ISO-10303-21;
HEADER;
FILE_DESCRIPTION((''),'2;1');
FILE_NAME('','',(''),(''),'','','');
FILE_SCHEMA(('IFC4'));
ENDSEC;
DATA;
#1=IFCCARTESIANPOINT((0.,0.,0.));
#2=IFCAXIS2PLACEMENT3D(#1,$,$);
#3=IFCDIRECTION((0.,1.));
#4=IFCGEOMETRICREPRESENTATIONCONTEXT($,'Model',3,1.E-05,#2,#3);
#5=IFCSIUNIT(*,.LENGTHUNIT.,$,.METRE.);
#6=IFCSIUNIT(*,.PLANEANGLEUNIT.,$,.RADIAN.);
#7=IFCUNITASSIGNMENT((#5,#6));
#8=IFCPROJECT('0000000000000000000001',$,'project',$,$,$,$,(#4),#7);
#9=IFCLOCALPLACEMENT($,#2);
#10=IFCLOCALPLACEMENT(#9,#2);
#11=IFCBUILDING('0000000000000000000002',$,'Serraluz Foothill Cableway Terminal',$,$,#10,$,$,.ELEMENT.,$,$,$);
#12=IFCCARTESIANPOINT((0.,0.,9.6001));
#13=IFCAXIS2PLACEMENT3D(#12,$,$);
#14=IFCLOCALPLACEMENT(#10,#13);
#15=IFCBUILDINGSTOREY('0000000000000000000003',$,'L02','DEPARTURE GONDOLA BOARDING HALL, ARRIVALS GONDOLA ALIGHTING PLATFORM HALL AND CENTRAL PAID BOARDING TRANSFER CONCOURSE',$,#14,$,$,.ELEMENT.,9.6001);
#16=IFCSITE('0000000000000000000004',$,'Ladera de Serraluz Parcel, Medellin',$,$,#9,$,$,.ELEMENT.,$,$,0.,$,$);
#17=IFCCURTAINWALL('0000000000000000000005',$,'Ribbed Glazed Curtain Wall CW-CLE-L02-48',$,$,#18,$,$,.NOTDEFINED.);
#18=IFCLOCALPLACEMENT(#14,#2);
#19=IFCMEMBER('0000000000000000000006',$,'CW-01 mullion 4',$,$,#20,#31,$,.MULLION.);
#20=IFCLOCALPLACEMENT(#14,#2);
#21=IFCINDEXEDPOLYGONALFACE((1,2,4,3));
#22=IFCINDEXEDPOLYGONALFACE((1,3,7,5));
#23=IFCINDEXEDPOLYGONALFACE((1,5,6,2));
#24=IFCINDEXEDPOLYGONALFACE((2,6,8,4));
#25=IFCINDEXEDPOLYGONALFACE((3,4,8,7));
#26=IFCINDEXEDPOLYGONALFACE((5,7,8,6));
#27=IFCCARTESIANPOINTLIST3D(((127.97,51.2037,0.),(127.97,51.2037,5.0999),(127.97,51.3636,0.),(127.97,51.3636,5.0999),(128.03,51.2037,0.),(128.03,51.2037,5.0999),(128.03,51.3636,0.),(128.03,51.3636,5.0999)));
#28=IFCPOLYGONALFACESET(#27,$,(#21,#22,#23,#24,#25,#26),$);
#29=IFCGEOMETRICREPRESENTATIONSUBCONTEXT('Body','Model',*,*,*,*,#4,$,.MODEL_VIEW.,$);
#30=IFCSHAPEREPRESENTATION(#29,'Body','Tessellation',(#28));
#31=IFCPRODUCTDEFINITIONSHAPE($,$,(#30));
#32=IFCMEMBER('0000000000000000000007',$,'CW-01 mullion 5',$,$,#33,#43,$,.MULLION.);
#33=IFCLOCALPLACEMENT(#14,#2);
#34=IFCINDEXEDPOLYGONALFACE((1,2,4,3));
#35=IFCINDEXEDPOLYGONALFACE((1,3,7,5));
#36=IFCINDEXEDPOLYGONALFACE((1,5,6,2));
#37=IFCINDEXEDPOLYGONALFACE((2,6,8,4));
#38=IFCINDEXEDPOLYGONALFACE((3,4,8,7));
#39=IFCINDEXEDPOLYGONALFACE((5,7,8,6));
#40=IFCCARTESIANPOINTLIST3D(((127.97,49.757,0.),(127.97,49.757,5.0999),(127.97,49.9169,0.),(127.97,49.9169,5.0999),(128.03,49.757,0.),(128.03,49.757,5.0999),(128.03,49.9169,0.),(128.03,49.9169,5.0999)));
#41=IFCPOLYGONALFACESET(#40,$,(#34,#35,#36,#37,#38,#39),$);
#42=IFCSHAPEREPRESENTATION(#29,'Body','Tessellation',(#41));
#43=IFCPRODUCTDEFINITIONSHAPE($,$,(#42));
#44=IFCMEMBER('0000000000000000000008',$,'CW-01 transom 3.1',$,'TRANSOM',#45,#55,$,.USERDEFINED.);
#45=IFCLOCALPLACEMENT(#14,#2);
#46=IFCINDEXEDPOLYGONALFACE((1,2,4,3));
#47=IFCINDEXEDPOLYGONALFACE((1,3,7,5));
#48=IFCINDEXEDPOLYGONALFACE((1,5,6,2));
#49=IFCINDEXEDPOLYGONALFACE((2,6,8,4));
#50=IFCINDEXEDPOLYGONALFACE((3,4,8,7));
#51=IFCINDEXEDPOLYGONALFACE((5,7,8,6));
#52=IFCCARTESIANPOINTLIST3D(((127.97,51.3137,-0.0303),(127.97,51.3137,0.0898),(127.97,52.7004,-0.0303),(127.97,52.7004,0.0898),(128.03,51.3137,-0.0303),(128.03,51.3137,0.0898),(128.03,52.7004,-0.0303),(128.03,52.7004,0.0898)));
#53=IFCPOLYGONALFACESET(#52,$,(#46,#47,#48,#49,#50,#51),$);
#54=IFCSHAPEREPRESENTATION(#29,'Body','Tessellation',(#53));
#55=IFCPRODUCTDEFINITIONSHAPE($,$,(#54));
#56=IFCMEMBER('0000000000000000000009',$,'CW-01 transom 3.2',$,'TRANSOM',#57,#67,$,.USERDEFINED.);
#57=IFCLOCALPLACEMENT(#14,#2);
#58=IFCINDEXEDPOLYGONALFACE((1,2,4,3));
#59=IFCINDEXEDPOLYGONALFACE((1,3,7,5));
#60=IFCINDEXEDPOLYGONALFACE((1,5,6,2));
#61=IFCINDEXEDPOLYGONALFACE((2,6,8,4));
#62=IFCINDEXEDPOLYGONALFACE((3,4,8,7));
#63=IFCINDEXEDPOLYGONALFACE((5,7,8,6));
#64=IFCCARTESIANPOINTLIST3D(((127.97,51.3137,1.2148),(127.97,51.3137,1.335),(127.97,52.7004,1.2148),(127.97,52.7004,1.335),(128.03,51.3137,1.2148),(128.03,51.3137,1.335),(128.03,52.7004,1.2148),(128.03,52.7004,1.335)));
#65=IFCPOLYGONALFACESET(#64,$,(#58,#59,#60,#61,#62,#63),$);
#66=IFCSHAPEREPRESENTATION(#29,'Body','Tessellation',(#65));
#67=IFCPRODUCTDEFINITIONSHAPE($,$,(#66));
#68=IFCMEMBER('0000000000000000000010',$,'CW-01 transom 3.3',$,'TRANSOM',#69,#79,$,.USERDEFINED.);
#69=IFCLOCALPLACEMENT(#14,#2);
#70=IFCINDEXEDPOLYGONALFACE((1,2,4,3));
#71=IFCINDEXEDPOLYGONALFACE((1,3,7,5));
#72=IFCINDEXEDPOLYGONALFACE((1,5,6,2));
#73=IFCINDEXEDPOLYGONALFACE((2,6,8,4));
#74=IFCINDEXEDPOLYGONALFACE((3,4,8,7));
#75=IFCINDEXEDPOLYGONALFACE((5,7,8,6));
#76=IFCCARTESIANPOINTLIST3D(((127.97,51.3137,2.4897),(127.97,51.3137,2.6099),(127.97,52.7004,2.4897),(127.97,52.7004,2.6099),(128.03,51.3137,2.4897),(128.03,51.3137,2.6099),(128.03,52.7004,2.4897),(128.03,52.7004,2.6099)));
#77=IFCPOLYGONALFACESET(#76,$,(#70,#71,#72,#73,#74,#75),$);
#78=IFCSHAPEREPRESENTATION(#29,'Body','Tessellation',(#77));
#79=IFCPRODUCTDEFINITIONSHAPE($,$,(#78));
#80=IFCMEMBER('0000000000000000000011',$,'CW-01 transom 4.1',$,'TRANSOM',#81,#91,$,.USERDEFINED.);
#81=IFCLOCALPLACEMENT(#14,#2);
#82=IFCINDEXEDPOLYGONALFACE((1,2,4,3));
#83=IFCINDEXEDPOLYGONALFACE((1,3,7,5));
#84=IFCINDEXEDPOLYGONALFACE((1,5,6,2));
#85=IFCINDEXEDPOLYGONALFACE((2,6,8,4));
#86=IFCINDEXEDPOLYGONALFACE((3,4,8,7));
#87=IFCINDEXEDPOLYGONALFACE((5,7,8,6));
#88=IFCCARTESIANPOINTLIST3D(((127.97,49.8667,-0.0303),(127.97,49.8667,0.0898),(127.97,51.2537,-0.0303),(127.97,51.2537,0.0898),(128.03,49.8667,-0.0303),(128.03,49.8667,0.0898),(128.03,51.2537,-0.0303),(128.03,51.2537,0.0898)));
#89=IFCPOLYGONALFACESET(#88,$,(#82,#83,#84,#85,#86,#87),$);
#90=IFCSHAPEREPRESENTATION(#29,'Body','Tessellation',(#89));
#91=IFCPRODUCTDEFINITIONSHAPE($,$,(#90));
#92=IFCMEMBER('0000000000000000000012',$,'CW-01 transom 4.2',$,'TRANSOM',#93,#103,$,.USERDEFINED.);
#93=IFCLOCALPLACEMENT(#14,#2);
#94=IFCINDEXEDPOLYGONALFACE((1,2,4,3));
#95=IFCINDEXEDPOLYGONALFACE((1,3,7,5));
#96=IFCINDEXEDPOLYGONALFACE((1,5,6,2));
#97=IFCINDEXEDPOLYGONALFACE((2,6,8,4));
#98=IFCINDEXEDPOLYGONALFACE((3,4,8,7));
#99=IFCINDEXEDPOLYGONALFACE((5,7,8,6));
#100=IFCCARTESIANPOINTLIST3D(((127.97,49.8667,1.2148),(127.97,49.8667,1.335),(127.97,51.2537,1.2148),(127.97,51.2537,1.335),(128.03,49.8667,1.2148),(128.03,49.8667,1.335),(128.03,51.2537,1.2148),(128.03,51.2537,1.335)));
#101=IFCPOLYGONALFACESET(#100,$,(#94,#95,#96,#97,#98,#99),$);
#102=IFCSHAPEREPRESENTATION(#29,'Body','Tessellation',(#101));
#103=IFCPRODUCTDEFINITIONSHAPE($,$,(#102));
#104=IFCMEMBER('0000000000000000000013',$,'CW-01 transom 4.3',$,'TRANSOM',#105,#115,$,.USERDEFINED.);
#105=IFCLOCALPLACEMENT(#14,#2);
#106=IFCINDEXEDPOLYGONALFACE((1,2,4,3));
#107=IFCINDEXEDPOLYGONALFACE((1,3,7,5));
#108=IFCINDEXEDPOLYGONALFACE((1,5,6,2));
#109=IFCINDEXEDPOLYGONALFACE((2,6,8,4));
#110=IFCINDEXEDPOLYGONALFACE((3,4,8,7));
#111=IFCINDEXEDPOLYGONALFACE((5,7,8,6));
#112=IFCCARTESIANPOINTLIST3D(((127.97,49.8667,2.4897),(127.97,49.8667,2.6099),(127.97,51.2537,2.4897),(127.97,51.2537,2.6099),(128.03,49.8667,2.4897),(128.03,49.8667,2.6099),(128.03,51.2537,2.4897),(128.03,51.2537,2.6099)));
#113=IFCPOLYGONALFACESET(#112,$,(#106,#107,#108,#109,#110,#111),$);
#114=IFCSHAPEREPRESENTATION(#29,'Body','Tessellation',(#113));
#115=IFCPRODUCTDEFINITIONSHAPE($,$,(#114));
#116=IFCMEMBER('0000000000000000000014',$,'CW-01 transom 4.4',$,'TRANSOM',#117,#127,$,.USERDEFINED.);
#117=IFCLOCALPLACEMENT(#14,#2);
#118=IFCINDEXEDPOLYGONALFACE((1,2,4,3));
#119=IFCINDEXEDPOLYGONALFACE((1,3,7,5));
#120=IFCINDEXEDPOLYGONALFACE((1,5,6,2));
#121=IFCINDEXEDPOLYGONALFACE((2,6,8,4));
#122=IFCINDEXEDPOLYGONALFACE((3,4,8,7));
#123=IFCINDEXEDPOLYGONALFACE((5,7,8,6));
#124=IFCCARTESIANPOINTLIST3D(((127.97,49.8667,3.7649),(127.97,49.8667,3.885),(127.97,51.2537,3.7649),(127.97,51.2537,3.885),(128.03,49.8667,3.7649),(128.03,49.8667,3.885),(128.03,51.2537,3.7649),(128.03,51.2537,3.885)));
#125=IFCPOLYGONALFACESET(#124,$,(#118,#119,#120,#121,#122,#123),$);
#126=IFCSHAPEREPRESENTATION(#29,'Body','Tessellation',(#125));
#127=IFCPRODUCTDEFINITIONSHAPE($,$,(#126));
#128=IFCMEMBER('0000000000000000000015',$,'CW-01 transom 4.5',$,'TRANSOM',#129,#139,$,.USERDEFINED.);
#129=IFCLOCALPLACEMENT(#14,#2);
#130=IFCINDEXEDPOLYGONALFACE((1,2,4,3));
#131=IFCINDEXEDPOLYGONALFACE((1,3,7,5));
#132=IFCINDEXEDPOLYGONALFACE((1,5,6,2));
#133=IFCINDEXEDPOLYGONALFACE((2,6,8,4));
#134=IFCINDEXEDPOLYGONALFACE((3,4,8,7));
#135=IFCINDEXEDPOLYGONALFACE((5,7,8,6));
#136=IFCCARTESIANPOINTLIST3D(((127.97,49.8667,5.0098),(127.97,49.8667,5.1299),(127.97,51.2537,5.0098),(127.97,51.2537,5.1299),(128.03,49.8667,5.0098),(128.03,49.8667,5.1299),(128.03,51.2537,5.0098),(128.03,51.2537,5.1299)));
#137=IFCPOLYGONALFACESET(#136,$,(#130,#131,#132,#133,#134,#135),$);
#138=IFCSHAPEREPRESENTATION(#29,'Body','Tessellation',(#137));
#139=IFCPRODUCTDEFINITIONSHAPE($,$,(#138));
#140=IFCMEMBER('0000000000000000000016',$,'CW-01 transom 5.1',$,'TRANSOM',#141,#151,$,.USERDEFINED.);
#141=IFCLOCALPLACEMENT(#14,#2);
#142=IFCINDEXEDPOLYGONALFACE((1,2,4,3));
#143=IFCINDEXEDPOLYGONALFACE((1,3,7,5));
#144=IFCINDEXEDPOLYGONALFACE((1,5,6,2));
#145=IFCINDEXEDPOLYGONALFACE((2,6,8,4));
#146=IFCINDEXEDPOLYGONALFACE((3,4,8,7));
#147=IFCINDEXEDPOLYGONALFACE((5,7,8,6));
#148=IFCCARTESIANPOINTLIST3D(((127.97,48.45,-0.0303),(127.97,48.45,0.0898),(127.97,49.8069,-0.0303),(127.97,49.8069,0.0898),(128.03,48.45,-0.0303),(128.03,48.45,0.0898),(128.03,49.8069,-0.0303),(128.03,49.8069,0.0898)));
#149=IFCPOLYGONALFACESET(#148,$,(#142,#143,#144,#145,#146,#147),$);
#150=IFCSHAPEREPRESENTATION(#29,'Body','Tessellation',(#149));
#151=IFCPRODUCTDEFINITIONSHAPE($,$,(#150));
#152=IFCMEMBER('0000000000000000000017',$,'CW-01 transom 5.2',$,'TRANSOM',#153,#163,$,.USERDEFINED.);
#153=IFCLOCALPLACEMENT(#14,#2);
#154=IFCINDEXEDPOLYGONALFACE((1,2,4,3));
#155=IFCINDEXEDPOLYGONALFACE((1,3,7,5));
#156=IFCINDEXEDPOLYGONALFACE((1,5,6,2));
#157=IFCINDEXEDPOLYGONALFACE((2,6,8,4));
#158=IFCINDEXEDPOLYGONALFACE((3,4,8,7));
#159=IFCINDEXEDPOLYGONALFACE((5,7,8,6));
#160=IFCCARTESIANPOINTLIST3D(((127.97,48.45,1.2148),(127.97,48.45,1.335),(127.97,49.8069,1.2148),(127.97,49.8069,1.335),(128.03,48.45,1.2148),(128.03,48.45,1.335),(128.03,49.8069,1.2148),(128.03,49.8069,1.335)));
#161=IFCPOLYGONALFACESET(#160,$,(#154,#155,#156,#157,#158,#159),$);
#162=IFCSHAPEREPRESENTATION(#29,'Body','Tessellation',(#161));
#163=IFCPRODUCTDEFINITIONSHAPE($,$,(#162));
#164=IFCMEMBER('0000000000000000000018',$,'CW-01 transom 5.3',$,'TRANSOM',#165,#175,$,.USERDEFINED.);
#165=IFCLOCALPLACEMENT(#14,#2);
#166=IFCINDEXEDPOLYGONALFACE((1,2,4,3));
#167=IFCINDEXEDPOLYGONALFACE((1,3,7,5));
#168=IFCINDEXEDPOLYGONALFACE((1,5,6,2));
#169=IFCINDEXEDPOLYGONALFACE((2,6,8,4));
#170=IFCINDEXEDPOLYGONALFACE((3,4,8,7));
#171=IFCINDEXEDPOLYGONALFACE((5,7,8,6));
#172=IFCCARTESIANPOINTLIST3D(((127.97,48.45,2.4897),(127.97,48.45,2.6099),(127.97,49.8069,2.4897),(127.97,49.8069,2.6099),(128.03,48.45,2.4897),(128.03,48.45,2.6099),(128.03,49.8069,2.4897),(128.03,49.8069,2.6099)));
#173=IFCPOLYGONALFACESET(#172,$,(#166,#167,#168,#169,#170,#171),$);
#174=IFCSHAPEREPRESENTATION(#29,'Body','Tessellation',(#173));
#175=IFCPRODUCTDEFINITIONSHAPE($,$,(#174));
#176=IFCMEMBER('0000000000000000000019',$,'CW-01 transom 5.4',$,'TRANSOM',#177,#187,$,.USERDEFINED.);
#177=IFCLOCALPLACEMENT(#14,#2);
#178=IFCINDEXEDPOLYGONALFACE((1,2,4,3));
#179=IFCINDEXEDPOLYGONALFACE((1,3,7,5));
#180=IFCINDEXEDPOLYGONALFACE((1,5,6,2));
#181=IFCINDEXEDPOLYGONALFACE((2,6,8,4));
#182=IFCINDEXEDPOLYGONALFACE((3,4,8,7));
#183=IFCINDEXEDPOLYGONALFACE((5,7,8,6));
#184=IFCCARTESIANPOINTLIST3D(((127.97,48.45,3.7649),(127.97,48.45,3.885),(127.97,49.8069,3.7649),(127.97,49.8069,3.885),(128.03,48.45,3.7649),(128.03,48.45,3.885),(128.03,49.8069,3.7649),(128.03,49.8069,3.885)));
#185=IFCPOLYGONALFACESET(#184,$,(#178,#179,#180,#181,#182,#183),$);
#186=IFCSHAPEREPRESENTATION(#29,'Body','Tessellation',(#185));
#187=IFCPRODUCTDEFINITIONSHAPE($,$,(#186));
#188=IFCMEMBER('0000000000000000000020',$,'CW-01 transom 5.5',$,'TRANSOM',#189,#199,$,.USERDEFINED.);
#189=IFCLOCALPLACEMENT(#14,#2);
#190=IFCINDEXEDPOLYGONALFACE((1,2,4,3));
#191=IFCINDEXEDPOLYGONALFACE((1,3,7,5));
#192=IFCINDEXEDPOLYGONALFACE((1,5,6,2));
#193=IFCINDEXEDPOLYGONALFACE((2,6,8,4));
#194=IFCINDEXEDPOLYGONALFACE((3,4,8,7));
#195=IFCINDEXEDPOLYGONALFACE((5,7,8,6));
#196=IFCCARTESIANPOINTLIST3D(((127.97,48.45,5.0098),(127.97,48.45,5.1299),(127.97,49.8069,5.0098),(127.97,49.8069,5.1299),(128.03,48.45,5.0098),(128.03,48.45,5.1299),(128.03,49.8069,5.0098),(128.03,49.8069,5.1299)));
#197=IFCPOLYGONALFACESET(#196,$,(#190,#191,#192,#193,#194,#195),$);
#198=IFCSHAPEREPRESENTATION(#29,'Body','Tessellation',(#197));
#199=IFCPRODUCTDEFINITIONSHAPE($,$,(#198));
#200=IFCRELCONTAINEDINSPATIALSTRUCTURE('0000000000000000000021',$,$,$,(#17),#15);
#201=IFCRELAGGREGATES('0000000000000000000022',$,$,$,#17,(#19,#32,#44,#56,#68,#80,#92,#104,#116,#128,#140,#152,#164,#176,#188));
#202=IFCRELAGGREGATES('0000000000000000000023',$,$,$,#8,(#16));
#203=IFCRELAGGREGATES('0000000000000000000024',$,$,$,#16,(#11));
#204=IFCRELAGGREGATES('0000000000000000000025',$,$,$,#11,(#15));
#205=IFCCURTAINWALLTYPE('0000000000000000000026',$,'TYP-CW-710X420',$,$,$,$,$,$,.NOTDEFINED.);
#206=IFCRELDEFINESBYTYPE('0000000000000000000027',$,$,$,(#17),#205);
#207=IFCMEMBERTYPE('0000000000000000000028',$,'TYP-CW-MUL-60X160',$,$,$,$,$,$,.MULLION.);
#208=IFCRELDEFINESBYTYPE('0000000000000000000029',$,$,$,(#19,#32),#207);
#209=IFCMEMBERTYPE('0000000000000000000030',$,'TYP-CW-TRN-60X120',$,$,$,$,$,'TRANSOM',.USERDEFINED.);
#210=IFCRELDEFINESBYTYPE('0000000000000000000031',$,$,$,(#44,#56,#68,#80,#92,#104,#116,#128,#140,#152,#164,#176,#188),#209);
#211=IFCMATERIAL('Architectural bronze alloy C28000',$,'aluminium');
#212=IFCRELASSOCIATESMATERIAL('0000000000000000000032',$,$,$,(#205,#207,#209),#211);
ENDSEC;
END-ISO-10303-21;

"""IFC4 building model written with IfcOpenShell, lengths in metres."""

from ifc_helpers import new_model, si_unit, direction, frame, origin, origin_2d, place, context, subcontext, project, spatial, rectangle, extrude, material, material_profile, profile_set, type_object, element, aggregate, save


model = new_model("IFC4")

# Units and contexts
model_context = context("Model", 3, precision=1e-05, world=origin(), true_north=direction((0.0, 1.0)))
body_context = subcontext(model_context, "Body", "Model", "MODEL_VIEW")
ifc_project = project(units=[si_unit("LENGTHUNIT", "METRE"), si_unit("PLANEANGLEUNIT", "RADIAN")], contexts=[model_context])

# Site, building, storey
site_placement = place(None, origin())
site = spatial("IfcSite", under=ifc_project, at=site_placement, Name="Ladera de Serraluz Parcel, Medellin", CompositionType="ELEMENT", RefElevation=0.0)
building_placement = place(site_placement, origin())
building = spatial("IfcBuilding", under=site, at=building_placement, Name="Serraluz Foothill Cableway Terminal", CompositionType="ELEMENT")
storey_placement = place(building_placement, frame((0.0, 0.0, 9.6001)))
storey = spatial("IfcBuildingStorey", under=building, at=storey_placement, Name="L02", Description="DEPARTURE GONDOLA BOARDING HALL, ARRIVALS GONDOLA ALIGHTING PLATFORM HALL AND CENTRAL PAID BOARDING TRANSFER CONCOURSE", CompositionType="ELEMENT", Elevation=9.6001)

# Curtain wall, members
ifc_material_1 = material(Name="Architectural bronze alloy C28000", Category="aluminium")
curtain_wall_type = type_object("IfcCurtainWallType", Name="TYP-CW-710X420", PredefinedType="NOTDEFINED", material=ifc_material_1)
curtain_wall_placement = place(storey_placement, origin())
curtain_wall = element("IfcCurtainWall", 1, at=curtain_wall_placement, inside=storey, type_object=curtain_wall_type, Name="Ribbed Glazed Curtain Wall CW-CLE-L02-48", PredefinedType="NOTDEFINED")
ifc_material_profile_1 = material_profile(ifc_material_1, rectangle(XDim=0.0601, YDim=0.1599, at=origin_2d()), Name="ALU MULLION 60x160")
ifc_profile_set_1 = profile_set([ifc_material_profile_1], Name="Architectural bronze alloy C28000")
member_type_1 = type_object("IfcMemberType", Name="TYP-CW-MUL-60X160", PredefinedType="MULLION", material=ifc_profile_set_1)
member_1_placement = place(storey_placement, frame((128.0, 51.2837, 0.0), z_axis=(0.0, 0.0, 1.0), x_axis=(1.0, 0.0, 0.0)))
member_1 = element("IfcMember", 2, at=member_1_placement, type_object=member_type_1, Name="CW-01 mullion 4", PredefinedType="MULLION", context=body_context, shape_type="SweptSolid", body=[
    extrude(rectangle(XDim=0.0601, YDim=0.1599, at=origin_2d()), origin(), (0.0, 0.0, 1.0), 5.0999),
])
member_2_placement = place(storey_placement, frame((128.0, 49.8369, 0.0), z_axis=(0.0, 0.0, 1.0), x_axis=(1.0, 0.0, 0.0)))
member_2 = element("IfcMember", 3, at=member_2_placement, type_object=member_type_1, Name="CW-01 mullion 5", PredefinedType="MULLION", context=body_context, shape_type="SweptSolid", body=[
    extrude(rectangle(XDim=0.0601, YDim=0.1599, at=origin_2d()), origin(), (0.0, 0.0, 1.0), 5.0999),
])
ifc_material_profile_2 = material_profile(ifc_material_1, rectangle(XDim=0.0601, YDim=0.1201, at=origin_2d()), Name="ALU TRANSOM 60x120")
ifc_profile_set_2 = profile_set([ifc_material_profile_2], Name="Architectural bronze alloy C28000")
member_type_2 = type_object("IfcMemberType", Name="TYP-CW-TRN-60X120", ElementType="TRANSOM", PredefinedType="USERDEFINED", material=ifc_profile_set_2)
member_3_placement = place(storey_placement, frame((128.0, 52.7004, 0.0298), z_axis=(0.0, -1.0, 0.0), x_axis=(1.0, 0.0, 0.0)))
member_3 = element("IfcMember", 4, at=member_3_placement, type_object=member_type_2, Name="CW-01 transom 3.1", ObjectType="TRANSOM", PredefinedType="USERDEFINED", context=body_context, shape_type="SweptSolid", body=[
    extrude(rectangle(XDim=0.0601, YDim=0.1201, at=origin_2d()), origin(), (0.0, 0.0, 1.0), 1.3867),
])
member_4_placement = place(storey_placement, frame((128.0, 52.7004, 1.2749), z_axis=(0.0, -1.0, 0.0), x_axis=(1.0, 0.0, 0.0)))
member_4 = element("IfcMember", 5, at=member_4_placement, type_object=member_type_2, Name="CW-01 transom 3.2", ObjectType="TRANSOM", PredefinedType="USERDEFINED", context=body_context, shape_type="SweptSolid", body=[
    extrude(rectangle(XDim=0.0601, YDim=0.1201, at=origin_2d()), origin(), (0.0, 0.0, 1.0), 1.3867),
])
member_5_placement = place(storey_placement, frame((128.0, 52.7004, 2.5498), z_axis=(0.0, -1.0, 0.0), x_axis=(1.0, 0.0, 0.0)))
member_5 = element("IfcMember", 6, at=member_5_placement, type_object=member_type_2, Name="CW-01 transom 3.3", ObjectType="TRANSOM", PredefinedType="USERDEFINED", context=body_context, shape_type="SweptSolid", body=[
    extrude(rectangle(XDim=0.0601, YDim=0.1201, at=origin_2d()), origin(), (0.0, 0.0, 1.0), 1.3867),
])
member_6_placement = place(storey_placement, frame((128.0, 51.2537, 0.0298), z_axis=(0.0, -1.0, 0.0), x_axis=(1.0, 0.0, 0.0)))
member_6 = element("IfcMember", 7, at=member_6_placement, type_object=member_type_2, Name="CW-01 transom 4.1", ObjectType="TRANSOM", PredefinedType="USERDEFINED", context=body_context, shape_type="SweptSolid", body=[
    extrude(rectangle(XDim=0.0601, YDim=0.1201, at=origin_2d()), origin(), (0.0, 0.0, 1.0), 1.387),
])
member_7_placement = place(storey_placement, frame((128.0, 51.2537, 1.2749), z_axis=(0.0, -1.0, 0.0), x_axis=(1.0, 0.0, 0.0)))
member_7 = element("IfcMember", 8, at=member_7_placement, type_object=member_type_2, Name="CW-01 transom 4.2", ObjectType="TRANSOM", PredefinedType="USERDEFINED", context=body_context, shape_type="SweptSolid", body=[
    extrude(rectangle(XDim=0.0601, YDim=0.1201, at=origin_2d()), origin(), (0.0, 0.0, 1.0), 1.387),
])
member_8_placement = place(storey_placement, frame((128.0, 51.2537, 2.5498), z_axis=(0.0, -1.0, 0.0), x_axis=(1.0, 0.0, 0.0)))
member_8 = element("IfcMember", 9, at=member_8_placement, type_object=member_type_2, Name="CW-01 transom 4.3", ObjectType="TRANSOM", PredefinedType="USERDEFINED", context=body_context, shape_type="SweptSolid", body=[
    extrude(rectangle(XDim=0.0601, YDim=0.1201, at=origin_2d()), origin(), (0.0, 0.0, 1.0), 1.387),
])
member_9_placement = place(storey_placement, frame((128.0, 51.2537, 3.825), z_axis=(0.0, -1.0, 0.0), x_axis=(1.0, 0.0, 0.0)))
member_9 = element("IfcMember", 10, at=member_9_placement, type_object=member_type_2, Name="CW-01 transom 4.4", ObjectType="TRANSOM", PredefinedType="USERDEFINED", context=body_context, shape_type="SweptSolid", body=[
    extrude(rectangle(XDim=0.0601, YDim=0.1201, at=origin_2d()), origin(), (0.0, 0.0, 1.0), 1.387),
])
member_10_placement = place(storey_placement, frame((128.0, 51.2537, 5.0698), z_axis=(0.0, -1.0, 0.0), x_axis=(1.0, 0.0, 0.0)))
member_10 = element("IfcMember", 11, at=member_10_placement, type_object=member_type_2, Name="CW-01 transom 4.5", ObjectType="TRANSOM", PredefinedType="USERDEFINED", context=body_context, shape_type="SweptSolid", body=[
    extrude(rectangle(XDim=0.0601, YDim=0.1201, at=origin_2d()), origin(), (0.0, 0.0, 1.0), 1.387),
])
member_11_placement = place(storey_placement, frame((128.0, 49.8069, 0.0298), z_axis=(0.0, -1.0, 0.0), x_axis=(1.0, 0.0, 0.0)))
member_11 = element("IfcMember", 12, at=member_11_placement, type_object=member_type_2, Name="CW-01 transom 5.1", ObjectType="TRANSOM", PredefinedType="USERDEFINED", context=body_context, shape_type="SweptSolid", body=[
    extrude(rectangle(XDim=0.0601, YDim=0.1201, at=origin_2d()), origin(), (0.0, 0.0, 1.0), 1.3569),
])
member_12_placement = place(storey_placement, frame((128.0, 49.8069, 1.2749), z_axis=(0.0, -1.0, 0.0), x_axis=(1.0, 0.0, 0.0)))
member_12 = element("IfcMember", 13, at=member_12_placement, type_object=member_type_2, Name="CW-01 transom 5.2", ObjectType="TRANSOM", PredefinedType="USERDEFINED", context=body_context, shape_type="SweptSolid", body=[
    extrude(rectangle(XDim=0.0601, YDim=0.1201, at=origin_2d()), origin(), (0.0, 0.0, 1.0), 1.3569),
])
member_13_placement = place(storey_placement, frame((128.0, 49.8069, 2.5498), z_axis=(0.0, -1.0, 0.0), x_axis=(1.0, 0.0, 0.0)))
member_13 = element("IfcMember", 14, at=member_13_placement, type_object=member_type_2, Name="CW-01 transom 5.3", ObjectType="TRANSOM", PredefinedType="USERDEFINED", context=body_context, shape_type="SweptSolid", body=[
    extrude(rectangle(XDim=0.0601, YDim=0.1201, at=origin_2d()), origin(), (0.0, 0.0, 1.0), 1.3569),
])
member_14_placement = place(storey_placement, frame((128.0, 49.8069, 3.825), z_axis=(0.0, -1.0, 0.0), x_axis=(1.0, 0.0, 0.0)))
member_14 = element("IfcMember", 15, at=member_14_placement, type_object=member_type_2, Name="CW-01 transom 5.4", ObjectType="TRANSOM", PredefinedType="USERDEFINED", context=body_context, shape_type="SweptSolid", body=[
    extrude(rectangle(XDim=0.0601, YDim=0.1201, at=origin_2d()), origin(), (0.0, 0.0, 1.0), 1.3569),
])
member_15_placement = place(storey_placement, frame((128.0, 49.8069, 5.0698), z_axis=(0.0, -1.0, 0.0), x_axis=(1.0, 0.0, 0.0)))
member_15 = element("IfcMember", 16, at=member_15_placement, type_object=member_type_2, Name="CW-01 transom 5.5", ObjectType="TRANSOM", PredefinedType="USERDEFINED", context=body_context, shape_type="SweptSolid", body=[
    extrude(rectangle(XDim=0.0601, YDim=0.1201, at=origin_2d()), origin(), (0.0, 0.0, 1.0), 1.3569),
])
aggregate(curtain_wall, [member_1, member_2, member_3, member_4, member_5, member_6, member_7, member_8, member_9, member_10, member_11, member_12, member_13, member_14, member_15])

save(model, "model.ifc")
